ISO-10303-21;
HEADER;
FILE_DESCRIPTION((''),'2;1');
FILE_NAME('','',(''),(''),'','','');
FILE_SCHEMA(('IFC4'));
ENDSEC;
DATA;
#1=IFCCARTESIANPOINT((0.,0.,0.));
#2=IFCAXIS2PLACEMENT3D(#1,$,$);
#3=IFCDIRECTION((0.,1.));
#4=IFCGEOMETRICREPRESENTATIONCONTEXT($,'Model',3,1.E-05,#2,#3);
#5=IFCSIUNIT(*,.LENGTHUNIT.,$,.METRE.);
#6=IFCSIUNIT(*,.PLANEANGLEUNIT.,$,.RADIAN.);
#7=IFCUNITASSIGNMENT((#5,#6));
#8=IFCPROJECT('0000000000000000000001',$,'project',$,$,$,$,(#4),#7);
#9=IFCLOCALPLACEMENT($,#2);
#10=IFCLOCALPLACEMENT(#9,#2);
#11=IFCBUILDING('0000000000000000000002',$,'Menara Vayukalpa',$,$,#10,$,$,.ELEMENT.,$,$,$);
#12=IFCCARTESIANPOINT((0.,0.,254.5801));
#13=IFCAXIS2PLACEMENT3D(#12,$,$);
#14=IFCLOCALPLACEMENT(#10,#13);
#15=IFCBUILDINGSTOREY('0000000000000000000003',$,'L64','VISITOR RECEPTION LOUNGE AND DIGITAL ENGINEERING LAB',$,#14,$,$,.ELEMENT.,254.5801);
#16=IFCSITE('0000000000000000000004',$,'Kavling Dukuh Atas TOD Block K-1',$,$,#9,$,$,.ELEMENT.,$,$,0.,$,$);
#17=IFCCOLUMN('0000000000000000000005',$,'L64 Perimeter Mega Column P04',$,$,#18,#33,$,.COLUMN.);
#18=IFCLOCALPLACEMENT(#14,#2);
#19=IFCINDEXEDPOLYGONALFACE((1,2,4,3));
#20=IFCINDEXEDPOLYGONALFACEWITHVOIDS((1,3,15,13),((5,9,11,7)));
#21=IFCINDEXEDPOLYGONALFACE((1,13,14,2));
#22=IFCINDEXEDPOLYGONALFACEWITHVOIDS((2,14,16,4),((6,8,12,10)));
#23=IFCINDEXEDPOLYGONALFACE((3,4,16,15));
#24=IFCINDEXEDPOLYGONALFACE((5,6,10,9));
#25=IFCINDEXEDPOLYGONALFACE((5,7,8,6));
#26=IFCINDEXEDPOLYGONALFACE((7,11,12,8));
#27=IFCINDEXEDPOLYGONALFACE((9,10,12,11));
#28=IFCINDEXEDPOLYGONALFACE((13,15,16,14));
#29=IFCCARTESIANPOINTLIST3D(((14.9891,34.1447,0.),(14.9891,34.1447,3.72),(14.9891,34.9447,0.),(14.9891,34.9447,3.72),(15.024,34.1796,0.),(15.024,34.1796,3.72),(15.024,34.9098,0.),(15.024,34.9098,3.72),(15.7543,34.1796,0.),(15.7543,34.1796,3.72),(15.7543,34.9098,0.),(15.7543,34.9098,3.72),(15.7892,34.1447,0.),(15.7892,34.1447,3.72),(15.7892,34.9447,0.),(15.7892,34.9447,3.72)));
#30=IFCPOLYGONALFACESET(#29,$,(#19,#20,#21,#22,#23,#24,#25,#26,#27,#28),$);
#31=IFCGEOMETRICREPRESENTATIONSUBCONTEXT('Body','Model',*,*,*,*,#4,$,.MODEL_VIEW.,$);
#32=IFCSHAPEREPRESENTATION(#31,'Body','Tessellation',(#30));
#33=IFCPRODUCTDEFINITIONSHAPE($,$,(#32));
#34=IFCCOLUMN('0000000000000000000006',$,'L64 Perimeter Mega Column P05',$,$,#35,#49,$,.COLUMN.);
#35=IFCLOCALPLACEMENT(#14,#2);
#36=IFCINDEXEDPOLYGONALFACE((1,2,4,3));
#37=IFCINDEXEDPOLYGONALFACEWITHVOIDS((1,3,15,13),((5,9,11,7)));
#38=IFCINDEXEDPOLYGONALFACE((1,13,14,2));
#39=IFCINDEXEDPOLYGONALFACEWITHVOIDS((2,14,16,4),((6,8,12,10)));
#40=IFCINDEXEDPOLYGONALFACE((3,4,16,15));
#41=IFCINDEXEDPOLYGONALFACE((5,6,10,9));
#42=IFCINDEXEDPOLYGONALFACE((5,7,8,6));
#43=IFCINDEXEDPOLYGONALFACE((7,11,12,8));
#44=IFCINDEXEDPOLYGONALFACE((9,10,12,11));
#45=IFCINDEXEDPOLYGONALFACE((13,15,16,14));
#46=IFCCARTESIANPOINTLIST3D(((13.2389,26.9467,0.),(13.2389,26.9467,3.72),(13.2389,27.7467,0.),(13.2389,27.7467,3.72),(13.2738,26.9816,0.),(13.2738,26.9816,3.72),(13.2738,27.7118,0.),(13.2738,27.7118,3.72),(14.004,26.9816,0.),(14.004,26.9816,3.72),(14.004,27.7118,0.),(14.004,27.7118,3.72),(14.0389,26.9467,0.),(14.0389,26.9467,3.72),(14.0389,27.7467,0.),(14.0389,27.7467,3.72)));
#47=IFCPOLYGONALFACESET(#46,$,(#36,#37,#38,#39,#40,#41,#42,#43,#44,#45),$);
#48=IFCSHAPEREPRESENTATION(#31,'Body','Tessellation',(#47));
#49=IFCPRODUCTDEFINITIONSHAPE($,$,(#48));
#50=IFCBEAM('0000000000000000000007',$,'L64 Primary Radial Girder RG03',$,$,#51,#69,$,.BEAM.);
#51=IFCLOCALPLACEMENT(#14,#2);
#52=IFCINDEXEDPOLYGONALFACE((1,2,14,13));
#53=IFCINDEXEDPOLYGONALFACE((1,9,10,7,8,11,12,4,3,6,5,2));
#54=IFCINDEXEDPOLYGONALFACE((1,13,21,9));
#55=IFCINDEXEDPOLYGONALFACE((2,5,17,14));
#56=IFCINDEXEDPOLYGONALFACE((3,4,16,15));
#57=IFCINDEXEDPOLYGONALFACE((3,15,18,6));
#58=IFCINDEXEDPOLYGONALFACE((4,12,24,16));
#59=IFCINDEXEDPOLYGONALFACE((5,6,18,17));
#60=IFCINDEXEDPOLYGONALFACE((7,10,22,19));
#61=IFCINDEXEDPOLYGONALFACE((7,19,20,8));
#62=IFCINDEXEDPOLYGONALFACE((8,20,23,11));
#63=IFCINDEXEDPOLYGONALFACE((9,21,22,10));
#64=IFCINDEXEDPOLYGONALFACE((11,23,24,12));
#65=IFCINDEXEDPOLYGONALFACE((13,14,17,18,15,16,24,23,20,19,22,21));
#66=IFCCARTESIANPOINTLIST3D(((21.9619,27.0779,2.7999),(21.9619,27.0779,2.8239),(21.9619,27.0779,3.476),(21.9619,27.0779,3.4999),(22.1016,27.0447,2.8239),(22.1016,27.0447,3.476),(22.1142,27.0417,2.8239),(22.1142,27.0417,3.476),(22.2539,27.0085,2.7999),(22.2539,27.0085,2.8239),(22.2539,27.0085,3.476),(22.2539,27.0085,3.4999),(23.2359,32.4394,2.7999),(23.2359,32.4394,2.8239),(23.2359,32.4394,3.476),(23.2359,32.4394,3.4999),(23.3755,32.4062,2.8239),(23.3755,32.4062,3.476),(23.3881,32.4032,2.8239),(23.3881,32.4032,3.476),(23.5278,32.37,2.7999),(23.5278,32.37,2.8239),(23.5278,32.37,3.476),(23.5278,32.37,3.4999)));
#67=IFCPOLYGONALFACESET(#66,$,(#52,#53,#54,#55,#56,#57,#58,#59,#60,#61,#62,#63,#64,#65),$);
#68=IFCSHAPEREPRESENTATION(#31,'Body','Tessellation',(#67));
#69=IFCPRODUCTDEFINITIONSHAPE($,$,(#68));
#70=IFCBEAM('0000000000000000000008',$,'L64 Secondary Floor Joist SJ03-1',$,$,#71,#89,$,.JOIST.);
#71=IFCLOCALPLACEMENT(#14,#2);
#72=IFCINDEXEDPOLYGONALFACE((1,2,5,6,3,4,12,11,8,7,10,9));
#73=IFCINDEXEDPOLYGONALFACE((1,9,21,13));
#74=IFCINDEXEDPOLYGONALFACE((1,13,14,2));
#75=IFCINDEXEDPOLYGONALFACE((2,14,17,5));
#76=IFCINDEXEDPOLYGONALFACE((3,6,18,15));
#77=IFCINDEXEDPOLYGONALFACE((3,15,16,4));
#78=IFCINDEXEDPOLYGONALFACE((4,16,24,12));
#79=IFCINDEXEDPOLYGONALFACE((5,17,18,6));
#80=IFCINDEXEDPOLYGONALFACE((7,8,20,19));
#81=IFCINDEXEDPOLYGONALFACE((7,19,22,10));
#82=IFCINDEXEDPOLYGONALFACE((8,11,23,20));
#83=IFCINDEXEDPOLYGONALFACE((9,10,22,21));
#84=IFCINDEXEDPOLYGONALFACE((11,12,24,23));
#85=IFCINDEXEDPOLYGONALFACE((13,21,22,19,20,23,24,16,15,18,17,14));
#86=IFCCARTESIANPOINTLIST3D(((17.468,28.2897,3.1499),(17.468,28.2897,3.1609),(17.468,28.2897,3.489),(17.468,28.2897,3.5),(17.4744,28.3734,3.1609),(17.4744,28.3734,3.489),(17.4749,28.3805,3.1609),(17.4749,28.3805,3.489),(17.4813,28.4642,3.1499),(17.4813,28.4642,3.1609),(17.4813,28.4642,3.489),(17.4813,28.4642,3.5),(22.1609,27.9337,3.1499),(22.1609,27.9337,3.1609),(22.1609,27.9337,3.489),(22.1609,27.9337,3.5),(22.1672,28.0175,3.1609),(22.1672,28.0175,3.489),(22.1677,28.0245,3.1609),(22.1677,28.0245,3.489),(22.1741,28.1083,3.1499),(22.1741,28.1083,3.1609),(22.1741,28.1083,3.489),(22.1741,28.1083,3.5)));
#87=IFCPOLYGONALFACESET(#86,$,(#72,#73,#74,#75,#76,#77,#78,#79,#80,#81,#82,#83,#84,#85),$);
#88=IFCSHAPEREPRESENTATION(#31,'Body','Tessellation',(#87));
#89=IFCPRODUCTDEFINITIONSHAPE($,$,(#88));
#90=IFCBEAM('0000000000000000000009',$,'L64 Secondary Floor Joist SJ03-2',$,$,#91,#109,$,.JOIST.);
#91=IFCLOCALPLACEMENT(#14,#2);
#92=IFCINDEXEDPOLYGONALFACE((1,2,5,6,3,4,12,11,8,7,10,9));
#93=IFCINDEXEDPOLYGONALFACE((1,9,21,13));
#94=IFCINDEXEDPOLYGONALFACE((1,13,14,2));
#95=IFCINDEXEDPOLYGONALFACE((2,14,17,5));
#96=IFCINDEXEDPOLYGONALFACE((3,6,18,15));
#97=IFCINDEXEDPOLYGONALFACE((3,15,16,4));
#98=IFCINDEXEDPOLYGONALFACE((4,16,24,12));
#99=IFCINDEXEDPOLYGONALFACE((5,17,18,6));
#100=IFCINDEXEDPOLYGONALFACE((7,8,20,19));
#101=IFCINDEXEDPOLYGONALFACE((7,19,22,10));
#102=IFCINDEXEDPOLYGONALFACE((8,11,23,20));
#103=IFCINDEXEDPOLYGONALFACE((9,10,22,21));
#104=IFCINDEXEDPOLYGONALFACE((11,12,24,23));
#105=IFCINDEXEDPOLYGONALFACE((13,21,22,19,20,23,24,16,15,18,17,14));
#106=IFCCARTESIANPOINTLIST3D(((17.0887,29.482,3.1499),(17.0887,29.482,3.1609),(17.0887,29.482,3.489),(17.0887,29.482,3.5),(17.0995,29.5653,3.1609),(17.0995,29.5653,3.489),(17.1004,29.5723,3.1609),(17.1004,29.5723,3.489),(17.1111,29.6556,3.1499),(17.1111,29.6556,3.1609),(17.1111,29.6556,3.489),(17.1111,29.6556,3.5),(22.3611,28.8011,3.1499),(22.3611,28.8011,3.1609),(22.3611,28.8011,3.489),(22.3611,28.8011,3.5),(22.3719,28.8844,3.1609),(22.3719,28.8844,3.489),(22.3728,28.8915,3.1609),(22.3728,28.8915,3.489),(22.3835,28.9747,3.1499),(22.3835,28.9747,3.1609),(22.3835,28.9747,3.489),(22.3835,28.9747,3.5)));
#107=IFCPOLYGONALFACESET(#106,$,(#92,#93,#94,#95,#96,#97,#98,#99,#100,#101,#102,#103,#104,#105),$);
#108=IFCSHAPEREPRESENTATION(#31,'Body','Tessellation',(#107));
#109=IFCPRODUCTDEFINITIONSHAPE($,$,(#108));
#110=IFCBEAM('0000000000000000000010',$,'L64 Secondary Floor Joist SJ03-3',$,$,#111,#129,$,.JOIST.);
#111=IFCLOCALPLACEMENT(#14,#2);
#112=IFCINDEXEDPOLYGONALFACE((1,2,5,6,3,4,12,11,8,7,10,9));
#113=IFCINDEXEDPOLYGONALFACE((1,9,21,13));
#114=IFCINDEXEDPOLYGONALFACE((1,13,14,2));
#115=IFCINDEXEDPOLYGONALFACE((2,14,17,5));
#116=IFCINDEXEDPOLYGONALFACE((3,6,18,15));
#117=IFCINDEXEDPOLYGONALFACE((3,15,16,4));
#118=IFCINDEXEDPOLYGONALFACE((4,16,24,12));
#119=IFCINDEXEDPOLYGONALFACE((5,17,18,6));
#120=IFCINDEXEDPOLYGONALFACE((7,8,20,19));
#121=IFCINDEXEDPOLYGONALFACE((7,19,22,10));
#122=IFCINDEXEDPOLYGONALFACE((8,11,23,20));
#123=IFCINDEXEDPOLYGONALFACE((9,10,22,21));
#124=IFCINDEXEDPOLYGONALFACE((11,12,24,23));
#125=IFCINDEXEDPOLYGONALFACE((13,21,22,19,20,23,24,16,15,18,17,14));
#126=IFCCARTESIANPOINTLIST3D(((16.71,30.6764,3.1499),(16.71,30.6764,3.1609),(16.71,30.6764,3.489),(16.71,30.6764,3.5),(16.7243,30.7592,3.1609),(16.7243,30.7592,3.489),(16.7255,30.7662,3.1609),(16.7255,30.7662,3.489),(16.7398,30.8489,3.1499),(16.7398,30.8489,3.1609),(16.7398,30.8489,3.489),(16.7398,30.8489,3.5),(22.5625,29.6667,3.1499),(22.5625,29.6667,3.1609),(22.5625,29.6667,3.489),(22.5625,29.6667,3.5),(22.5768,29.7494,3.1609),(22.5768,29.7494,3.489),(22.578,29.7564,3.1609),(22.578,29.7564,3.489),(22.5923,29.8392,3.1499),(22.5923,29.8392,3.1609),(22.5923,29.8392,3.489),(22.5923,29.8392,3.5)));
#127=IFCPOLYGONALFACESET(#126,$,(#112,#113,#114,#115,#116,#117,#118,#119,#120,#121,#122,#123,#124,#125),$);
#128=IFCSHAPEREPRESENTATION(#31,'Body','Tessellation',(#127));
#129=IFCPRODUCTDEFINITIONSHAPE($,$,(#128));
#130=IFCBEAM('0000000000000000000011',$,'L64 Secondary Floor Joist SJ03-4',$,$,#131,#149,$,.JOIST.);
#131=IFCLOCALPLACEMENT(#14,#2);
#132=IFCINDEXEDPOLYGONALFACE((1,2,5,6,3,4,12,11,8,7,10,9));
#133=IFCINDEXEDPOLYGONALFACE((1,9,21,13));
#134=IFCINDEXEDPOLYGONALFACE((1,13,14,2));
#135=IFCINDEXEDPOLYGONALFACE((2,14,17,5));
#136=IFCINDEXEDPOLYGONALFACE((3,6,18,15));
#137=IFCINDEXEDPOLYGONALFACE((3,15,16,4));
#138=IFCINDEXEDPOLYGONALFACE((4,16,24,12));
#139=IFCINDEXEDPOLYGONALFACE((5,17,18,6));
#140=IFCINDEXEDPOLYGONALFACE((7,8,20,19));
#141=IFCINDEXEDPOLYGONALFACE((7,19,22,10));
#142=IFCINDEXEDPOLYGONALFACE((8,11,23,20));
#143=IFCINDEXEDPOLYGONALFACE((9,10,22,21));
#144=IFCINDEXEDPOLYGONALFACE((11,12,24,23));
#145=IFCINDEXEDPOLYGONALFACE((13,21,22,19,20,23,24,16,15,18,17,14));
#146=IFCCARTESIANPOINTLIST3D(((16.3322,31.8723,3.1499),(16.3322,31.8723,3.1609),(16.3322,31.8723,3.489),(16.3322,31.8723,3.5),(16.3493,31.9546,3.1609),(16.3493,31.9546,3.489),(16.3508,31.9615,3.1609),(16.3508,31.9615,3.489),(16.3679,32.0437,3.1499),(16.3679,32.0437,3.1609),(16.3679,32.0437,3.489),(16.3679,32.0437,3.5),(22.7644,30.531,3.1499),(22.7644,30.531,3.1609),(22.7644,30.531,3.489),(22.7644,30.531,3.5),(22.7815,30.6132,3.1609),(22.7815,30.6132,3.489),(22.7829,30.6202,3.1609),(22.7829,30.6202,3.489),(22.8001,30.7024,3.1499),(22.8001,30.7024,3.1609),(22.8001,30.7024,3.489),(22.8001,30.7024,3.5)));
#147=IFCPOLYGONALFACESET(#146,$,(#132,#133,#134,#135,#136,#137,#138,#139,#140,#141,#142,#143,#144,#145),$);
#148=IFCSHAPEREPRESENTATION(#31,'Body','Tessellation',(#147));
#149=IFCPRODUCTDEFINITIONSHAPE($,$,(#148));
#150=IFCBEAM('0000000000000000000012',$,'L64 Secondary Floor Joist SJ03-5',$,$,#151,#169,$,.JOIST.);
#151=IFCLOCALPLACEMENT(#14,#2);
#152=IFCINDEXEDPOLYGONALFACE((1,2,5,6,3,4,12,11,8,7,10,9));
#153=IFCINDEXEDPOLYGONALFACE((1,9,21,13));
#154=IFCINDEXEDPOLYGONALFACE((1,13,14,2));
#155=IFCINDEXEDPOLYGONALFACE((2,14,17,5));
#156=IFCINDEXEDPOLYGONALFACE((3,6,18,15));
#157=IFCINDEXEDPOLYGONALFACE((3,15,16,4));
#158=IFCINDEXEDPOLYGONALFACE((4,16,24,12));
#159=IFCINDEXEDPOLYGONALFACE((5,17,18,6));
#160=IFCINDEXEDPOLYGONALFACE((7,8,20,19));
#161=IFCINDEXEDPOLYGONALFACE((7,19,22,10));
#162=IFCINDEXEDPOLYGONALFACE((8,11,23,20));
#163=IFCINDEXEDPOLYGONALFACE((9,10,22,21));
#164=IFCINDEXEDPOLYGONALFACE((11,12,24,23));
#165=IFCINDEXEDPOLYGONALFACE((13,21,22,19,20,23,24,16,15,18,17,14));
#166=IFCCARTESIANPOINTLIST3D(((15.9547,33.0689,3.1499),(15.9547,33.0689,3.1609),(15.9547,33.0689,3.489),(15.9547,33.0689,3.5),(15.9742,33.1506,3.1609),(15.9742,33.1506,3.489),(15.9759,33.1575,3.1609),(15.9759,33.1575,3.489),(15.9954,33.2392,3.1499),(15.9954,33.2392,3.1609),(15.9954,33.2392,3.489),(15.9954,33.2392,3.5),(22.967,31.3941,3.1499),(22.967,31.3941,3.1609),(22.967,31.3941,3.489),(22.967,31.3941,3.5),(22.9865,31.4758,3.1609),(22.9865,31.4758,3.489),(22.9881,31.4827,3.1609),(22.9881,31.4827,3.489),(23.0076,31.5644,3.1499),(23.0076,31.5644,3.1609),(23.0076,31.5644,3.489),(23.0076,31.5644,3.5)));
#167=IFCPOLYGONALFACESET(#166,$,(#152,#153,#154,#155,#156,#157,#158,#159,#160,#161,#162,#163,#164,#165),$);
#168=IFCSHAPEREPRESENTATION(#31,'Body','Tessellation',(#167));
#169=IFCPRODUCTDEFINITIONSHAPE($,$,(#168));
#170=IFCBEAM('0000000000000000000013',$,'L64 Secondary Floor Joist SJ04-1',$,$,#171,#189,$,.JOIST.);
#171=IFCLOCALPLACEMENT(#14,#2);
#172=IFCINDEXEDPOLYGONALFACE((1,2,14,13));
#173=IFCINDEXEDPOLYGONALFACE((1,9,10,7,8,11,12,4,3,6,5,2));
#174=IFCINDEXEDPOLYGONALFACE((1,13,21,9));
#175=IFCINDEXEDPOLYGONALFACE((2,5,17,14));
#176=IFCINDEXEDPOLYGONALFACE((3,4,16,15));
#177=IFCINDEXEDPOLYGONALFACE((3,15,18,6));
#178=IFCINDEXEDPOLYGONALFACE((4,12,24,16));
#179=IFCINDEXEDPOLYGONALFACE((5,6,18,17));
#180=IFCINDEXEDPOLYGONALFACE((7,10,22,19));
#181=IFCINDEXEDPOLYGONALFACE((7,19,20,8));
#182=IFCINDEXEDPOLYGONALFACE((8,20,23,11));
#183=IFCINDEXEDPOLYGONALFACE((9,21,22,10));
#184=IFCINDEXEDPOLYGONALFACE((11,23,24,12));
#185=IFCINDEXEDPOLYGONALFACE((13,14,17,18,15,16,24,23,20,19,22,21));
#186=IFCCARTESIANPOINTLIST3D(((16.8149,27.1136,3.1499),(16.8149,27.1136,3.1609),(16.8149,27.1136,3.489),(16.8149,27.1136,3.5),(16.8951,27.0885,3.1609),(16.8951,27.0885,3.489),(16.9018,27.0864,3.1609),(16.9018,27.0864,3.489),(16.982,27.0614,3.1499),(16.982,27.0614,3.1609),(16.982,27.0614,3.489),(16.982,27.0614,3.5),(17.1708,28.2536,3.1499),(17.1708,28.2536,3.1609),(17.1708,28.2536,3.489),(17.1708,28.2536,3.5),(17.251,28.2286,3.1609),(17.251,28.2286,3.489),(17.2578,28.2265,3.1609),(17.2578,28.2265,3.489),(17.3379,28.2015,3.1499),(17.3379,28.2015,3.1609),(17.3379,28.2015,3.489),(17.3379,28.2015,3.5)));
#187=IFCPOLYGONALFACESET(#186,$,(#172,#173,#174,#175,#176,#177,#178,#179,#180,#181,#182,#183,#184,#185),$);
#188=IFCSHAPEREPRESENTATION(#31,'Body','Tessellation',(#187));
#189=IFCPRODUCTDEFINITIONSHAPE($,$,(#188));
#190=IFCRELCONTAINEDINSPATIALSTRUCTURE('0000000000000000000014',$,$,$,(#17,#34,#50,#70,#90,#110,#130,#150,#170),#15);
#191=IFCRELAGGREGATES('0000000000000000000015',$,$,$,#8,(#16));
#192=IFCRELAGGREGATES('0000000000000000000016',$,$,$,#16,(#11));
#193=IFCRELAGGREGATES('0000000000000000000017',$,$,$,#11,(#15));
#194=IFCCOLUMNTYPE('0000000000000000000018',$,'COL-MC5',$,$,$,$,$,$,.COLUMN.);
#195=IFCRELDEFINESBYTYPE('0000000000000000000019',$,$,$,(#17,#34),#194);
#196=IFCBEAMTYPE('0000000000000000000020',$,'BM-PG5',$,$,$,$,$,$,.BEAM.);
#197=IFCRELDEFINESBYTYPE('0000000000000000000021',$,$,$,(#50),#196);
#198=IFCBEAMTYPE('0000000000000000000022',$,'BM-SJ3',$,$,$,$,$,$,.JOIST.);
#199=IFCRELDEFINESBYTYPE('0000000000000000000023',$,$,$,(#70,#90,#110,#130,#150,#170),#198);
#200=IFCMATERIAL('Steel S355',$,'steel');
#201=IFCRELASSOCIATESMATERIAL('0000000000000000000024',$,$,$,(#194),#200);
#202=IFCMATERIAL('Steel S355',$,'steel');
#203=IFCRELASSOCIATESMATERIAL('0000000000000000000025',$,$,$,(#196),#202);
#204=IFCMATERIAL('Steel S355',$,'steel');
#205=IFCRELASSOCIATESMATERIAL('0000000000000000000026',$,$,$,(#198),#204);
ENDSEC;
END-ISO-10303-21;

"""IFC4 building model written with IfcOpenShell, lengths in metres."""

from ifc_helpers import new_model, si_unit, direction, frame, origin, origin_2d, place, context, subcontext, project, spatial, hollow_rectangle, i_section, extrude, material, material_profile, profile_set, type_object, element, save


model = new_model("IFC4")

# Units and contexts
model_context = context("Model", 3, precision=1e-05, world=origin(), true_north=direction((0.0, 1.0)))
body_context = subcontext(model_context, "Body", "Model", "MODEL_VIEW")
ifc_project = project(units=[si_unit("LENGTHUNIT", "METRE"), si_unit("PLANEANGLEUNIT", "RADIAN")], contexts=[model_context])

# Site, building, storey
site_placement = place(None, origin())
site = spatial("IfcSite", under=ifc_project, at=site_placement, Name="Kavling Dukuh Atas TOD Block K-1", CompositionType="ELEMENT", RefElevation=0.0)
building_placement = place(site_placement, origin())
building = spatial("IfcBuilding", under=site, at=building_placement, Name="Menara Vayukalpa", CompositionType="ELEMENT")
storey_placement = place(building_placement, frame((0.0, 0.0, 254.5801)))
storey = spatial("IfcBuildingStorey", under=building, at=storey_placement, Name="L64", Description="VISITOR RECEPTION LOUNGE AND DIGITAL ENGINEERING LAB", CompositionType="ELEMENT", Elevation=254.5801)

# Columns
ifc_material_1 = material(Name="Steel S355", Category="steel")
ifc_material_profile_1 = material_profile(ifc_material_1, hollow_rectangle(XDim=0.8, YDim=0.8, WallThickness=0.0349, at=origin_2d()), Name="BOX 800x800x35")
ifc_profile_set_1 = profile_set([ifc_material_profile_1], Name="Steel S355")
column_type = type_object("IfcColumnType", Name="COL-MC5", PredefinedType="COLUMN", material=ifc_profile_set_1)
for number, where, z_axis, x_axis, name in (
    (1, (15.3892, 34.5447, 0.0), (0.0, 0.0, 1.0), (1.0, 0.0, 0.0), "L64 Perimeter Mega Column P04"),
    (2, (13.6389, 27.3467, 0.0), (0.0, 0.0, 1.0), (1.0, 0.0, 0.0), "L64 Perimeter Mega Column P05"),
):
    element("IfcColumn", number, at=place(storey_placement, frame(where, z_axis=z_axis, x_axis=x_axis)), inside=storey, type_object=column_type, Name=name, PredefinedType="COLUMN", context=body_context, shape_type="SweptSolid", body=[
        extrude(hollow_rectangle(XDim=0.8, YDim=0.8, WallThickness=0.0349, at=origin_2d()), origin(), (0.0, 0.0, 1.0), 3.72),
    ])

# Beams
ifc_material_2 = material(Name="Steel S355", Category="steel")
ifc_material_profile_2 = material_profile(ifc_material_2, i_section(OverallWidth=0.3, OverallDepth=0.7, WebThickness=0.0129, FlangeThickness=0.0239, at=origin_2d()), Name="WF 700x300x13x24")
ifc_profile_set_2 = profile_set([ifc_material_profile_2], Name="Steel S355")
beam_type_1 = type_object("IfcBeamType", Name="BM-PG5", PredefinedType="BEAM", material=ifc_profile_set_2)
beam_1_placement = place(storey_placement, frame((22.1079, 27.0432, 3.1499), z_axis=(0.231167, 0.972914, 0.0), x_axis=(-0.972914, 0.231167, 0.0)))
element("IfcBeam", 3, at=beam_1_placement, inside=storey, type_object=beam_type_1, Name="L64 Primary Radial Girder RG03", PredefinedType="BEAM", context=body_context, shape_type="SweptSolid", body=[
    extrude(i_section(OverallWidth=0.3, OverallDepth=0.7, WebThickness=0.0129, FlangeThickness=0.0239, at=origin_2d()), origin(), (0.0, 0.0, 1.0), 5.5107),
])
ifc_material_3 = material(Name="Steel S355", Category="steel")
ifc_material_profile_3 = material_profile(ifc_material_3, i_section(OverallWidth=0.175, OverallDepth=0.3501, WebThickness=0.0071, FlangeThickness=0.011, at=origin_2d()), Name="WF 350x175x7x11")
ifc_profile_set_3 = profile_set([ifc_material_profile_3], Name="Steel S355")
beam_type_2 = type_object("IfcBeamType", Name="BM-SJ3", PredefinedType="JOIST", material=ifc_profile_set_3)
beam_2_placement = place(storey_placement, frame((22.1675, 28.021, 3.325), z_axis=(-0.997136, 0.075633, 0.0), x_axis=(-0.075633, -0.997136, 0.0)))
element("IfcBeam", 4, at=beam_2_placement, inside=storey, type_object=beam_type_2, Name="L64 Secondary Floor Joist SJ03-1", PredefinedType="JOIST", context=body_context, shape_type="SweptSolid", body=[
    extrude(i_section(OverallWidth=0.175, OverallDepth=0.3501, WebThickness=0.0071, FlangeThickness=0.011, at=origin_2d()), origin(), (0.0, 0.0, 1.0), 4.7063),
])
beam_3_placement = place(storey_placement, frame((22.3723, 28.8879, 3.325), z_axis=(-0.991764, 0.128081, 0.0), x_axis=(-0.128081, -0.991764, 0.0)))
element("IfcBeam", 5, at=beam_3_placement, inside=storey, type_object=beam_type_2, Name="L64 Secondary Floor Joist SJ03-2", PredefinedType="JOIST", context=body_context, shape_type="SweptSolid", body=[
    extrude(i_section(OverallWidth=0.175, OverallDepth=0.3501, WebThickness=0.0071, FlangeThickness=0.011, at=origin_2d()), origin(), (0.0, 0.0, 1.0), 5.3162),
])
beam_4_placement = place(storey_placement, frame((22.5774, 29.7529, 3.325), z_axis=(-0.98544, 0.170023, 0.0), x_axis=(-0.170023, -0.98544, 0.0)))
element("IfcBeam", 6, at=beam_4_placement, inside=storey, type_object=beam_type_2, Name="L64 Secondary Floor Joist SJ03-3", PredefinedType="JOIST", context=body_context, shape_type="SweptSolid", body=[
    extrude(i_section(OverallWidth=0.175, OverallDepth=0.3501, WebThickness=0.0071, FlangeThickness=0.011, at=origin_2d()), origin(), (0.0, 0.0, 1.0), 5.939),
])
beam_5_placement = place(storey_placement, frame((22.7822, 30.6167, 3.325), z_axis=(-0.978941, 0.204141, 0.0), x_axis=(-0.204141, -0.978941, 0.0)))
element("IfcBeam", 7, at=beam_5_placement, inside=storey, type_object=beam_type_2, Name="L64 Secondary Floor Joist SJ03-4", PredefinedType="JOIST", context=body_context, shape_type="SweptSolid", body=[
    extrude(i_section(OverallWidth=0.175, OverallDepth=0.3501, WebThickness=0.0071, FlangeThickness=0.011, at=origin_2d()), origin(), (0.0, 0.0, 1.0), 6.5706),
])
beam_6_placement = place(storey_placement, frame((22.9873, 31.4792, 3.325), z_axis=(-0.972642, 0.232307, 0.0), x_axis=(-0.232307, -0.972642, 0.0)))
element("IfcBeam", 8, at=beam_6_placement, inside=storey, type_object=beam_type_2, Name="L64 Secondary Floor Joist SJ03-5", PredefinedType="JOIST", context=body_context, shape_type="SweptSolid", body=[
    extrude(i_section(OverallWidth=0.175, OverallDepth=0.3501, WebThickness=0.0071, FlangeThickness=0.011, at=origin_2d()), origin(), (0.0, 0.0, 1.0), 7.2095),
])
beam_7_placement = place(storey_placement, frame((17.2544, 28.2275, 3.325), z_axis=(-0.298019, -0.95456, 0.0), x_axis=(0.95456, -0.298019, 0.0)))
element("IfcBeam", 9, at=beam_7_placement, inside=storey, type_object=beam_type_2, Name="L64 Secondary Floor Joist SJ04-1", PredefinedType="JOIST", context=body_context, shape_type="SweptSolid", body=[
    extrude(i_section(OverallWidth=0.175, OverallDepth=0.3501, WebThickness=0.0071, FlangeThickness=0.011, at=origin_2d()), origin(), (0.0, 0.0, 1.0), 1.1943),
])

save(model, "model.ifc")
